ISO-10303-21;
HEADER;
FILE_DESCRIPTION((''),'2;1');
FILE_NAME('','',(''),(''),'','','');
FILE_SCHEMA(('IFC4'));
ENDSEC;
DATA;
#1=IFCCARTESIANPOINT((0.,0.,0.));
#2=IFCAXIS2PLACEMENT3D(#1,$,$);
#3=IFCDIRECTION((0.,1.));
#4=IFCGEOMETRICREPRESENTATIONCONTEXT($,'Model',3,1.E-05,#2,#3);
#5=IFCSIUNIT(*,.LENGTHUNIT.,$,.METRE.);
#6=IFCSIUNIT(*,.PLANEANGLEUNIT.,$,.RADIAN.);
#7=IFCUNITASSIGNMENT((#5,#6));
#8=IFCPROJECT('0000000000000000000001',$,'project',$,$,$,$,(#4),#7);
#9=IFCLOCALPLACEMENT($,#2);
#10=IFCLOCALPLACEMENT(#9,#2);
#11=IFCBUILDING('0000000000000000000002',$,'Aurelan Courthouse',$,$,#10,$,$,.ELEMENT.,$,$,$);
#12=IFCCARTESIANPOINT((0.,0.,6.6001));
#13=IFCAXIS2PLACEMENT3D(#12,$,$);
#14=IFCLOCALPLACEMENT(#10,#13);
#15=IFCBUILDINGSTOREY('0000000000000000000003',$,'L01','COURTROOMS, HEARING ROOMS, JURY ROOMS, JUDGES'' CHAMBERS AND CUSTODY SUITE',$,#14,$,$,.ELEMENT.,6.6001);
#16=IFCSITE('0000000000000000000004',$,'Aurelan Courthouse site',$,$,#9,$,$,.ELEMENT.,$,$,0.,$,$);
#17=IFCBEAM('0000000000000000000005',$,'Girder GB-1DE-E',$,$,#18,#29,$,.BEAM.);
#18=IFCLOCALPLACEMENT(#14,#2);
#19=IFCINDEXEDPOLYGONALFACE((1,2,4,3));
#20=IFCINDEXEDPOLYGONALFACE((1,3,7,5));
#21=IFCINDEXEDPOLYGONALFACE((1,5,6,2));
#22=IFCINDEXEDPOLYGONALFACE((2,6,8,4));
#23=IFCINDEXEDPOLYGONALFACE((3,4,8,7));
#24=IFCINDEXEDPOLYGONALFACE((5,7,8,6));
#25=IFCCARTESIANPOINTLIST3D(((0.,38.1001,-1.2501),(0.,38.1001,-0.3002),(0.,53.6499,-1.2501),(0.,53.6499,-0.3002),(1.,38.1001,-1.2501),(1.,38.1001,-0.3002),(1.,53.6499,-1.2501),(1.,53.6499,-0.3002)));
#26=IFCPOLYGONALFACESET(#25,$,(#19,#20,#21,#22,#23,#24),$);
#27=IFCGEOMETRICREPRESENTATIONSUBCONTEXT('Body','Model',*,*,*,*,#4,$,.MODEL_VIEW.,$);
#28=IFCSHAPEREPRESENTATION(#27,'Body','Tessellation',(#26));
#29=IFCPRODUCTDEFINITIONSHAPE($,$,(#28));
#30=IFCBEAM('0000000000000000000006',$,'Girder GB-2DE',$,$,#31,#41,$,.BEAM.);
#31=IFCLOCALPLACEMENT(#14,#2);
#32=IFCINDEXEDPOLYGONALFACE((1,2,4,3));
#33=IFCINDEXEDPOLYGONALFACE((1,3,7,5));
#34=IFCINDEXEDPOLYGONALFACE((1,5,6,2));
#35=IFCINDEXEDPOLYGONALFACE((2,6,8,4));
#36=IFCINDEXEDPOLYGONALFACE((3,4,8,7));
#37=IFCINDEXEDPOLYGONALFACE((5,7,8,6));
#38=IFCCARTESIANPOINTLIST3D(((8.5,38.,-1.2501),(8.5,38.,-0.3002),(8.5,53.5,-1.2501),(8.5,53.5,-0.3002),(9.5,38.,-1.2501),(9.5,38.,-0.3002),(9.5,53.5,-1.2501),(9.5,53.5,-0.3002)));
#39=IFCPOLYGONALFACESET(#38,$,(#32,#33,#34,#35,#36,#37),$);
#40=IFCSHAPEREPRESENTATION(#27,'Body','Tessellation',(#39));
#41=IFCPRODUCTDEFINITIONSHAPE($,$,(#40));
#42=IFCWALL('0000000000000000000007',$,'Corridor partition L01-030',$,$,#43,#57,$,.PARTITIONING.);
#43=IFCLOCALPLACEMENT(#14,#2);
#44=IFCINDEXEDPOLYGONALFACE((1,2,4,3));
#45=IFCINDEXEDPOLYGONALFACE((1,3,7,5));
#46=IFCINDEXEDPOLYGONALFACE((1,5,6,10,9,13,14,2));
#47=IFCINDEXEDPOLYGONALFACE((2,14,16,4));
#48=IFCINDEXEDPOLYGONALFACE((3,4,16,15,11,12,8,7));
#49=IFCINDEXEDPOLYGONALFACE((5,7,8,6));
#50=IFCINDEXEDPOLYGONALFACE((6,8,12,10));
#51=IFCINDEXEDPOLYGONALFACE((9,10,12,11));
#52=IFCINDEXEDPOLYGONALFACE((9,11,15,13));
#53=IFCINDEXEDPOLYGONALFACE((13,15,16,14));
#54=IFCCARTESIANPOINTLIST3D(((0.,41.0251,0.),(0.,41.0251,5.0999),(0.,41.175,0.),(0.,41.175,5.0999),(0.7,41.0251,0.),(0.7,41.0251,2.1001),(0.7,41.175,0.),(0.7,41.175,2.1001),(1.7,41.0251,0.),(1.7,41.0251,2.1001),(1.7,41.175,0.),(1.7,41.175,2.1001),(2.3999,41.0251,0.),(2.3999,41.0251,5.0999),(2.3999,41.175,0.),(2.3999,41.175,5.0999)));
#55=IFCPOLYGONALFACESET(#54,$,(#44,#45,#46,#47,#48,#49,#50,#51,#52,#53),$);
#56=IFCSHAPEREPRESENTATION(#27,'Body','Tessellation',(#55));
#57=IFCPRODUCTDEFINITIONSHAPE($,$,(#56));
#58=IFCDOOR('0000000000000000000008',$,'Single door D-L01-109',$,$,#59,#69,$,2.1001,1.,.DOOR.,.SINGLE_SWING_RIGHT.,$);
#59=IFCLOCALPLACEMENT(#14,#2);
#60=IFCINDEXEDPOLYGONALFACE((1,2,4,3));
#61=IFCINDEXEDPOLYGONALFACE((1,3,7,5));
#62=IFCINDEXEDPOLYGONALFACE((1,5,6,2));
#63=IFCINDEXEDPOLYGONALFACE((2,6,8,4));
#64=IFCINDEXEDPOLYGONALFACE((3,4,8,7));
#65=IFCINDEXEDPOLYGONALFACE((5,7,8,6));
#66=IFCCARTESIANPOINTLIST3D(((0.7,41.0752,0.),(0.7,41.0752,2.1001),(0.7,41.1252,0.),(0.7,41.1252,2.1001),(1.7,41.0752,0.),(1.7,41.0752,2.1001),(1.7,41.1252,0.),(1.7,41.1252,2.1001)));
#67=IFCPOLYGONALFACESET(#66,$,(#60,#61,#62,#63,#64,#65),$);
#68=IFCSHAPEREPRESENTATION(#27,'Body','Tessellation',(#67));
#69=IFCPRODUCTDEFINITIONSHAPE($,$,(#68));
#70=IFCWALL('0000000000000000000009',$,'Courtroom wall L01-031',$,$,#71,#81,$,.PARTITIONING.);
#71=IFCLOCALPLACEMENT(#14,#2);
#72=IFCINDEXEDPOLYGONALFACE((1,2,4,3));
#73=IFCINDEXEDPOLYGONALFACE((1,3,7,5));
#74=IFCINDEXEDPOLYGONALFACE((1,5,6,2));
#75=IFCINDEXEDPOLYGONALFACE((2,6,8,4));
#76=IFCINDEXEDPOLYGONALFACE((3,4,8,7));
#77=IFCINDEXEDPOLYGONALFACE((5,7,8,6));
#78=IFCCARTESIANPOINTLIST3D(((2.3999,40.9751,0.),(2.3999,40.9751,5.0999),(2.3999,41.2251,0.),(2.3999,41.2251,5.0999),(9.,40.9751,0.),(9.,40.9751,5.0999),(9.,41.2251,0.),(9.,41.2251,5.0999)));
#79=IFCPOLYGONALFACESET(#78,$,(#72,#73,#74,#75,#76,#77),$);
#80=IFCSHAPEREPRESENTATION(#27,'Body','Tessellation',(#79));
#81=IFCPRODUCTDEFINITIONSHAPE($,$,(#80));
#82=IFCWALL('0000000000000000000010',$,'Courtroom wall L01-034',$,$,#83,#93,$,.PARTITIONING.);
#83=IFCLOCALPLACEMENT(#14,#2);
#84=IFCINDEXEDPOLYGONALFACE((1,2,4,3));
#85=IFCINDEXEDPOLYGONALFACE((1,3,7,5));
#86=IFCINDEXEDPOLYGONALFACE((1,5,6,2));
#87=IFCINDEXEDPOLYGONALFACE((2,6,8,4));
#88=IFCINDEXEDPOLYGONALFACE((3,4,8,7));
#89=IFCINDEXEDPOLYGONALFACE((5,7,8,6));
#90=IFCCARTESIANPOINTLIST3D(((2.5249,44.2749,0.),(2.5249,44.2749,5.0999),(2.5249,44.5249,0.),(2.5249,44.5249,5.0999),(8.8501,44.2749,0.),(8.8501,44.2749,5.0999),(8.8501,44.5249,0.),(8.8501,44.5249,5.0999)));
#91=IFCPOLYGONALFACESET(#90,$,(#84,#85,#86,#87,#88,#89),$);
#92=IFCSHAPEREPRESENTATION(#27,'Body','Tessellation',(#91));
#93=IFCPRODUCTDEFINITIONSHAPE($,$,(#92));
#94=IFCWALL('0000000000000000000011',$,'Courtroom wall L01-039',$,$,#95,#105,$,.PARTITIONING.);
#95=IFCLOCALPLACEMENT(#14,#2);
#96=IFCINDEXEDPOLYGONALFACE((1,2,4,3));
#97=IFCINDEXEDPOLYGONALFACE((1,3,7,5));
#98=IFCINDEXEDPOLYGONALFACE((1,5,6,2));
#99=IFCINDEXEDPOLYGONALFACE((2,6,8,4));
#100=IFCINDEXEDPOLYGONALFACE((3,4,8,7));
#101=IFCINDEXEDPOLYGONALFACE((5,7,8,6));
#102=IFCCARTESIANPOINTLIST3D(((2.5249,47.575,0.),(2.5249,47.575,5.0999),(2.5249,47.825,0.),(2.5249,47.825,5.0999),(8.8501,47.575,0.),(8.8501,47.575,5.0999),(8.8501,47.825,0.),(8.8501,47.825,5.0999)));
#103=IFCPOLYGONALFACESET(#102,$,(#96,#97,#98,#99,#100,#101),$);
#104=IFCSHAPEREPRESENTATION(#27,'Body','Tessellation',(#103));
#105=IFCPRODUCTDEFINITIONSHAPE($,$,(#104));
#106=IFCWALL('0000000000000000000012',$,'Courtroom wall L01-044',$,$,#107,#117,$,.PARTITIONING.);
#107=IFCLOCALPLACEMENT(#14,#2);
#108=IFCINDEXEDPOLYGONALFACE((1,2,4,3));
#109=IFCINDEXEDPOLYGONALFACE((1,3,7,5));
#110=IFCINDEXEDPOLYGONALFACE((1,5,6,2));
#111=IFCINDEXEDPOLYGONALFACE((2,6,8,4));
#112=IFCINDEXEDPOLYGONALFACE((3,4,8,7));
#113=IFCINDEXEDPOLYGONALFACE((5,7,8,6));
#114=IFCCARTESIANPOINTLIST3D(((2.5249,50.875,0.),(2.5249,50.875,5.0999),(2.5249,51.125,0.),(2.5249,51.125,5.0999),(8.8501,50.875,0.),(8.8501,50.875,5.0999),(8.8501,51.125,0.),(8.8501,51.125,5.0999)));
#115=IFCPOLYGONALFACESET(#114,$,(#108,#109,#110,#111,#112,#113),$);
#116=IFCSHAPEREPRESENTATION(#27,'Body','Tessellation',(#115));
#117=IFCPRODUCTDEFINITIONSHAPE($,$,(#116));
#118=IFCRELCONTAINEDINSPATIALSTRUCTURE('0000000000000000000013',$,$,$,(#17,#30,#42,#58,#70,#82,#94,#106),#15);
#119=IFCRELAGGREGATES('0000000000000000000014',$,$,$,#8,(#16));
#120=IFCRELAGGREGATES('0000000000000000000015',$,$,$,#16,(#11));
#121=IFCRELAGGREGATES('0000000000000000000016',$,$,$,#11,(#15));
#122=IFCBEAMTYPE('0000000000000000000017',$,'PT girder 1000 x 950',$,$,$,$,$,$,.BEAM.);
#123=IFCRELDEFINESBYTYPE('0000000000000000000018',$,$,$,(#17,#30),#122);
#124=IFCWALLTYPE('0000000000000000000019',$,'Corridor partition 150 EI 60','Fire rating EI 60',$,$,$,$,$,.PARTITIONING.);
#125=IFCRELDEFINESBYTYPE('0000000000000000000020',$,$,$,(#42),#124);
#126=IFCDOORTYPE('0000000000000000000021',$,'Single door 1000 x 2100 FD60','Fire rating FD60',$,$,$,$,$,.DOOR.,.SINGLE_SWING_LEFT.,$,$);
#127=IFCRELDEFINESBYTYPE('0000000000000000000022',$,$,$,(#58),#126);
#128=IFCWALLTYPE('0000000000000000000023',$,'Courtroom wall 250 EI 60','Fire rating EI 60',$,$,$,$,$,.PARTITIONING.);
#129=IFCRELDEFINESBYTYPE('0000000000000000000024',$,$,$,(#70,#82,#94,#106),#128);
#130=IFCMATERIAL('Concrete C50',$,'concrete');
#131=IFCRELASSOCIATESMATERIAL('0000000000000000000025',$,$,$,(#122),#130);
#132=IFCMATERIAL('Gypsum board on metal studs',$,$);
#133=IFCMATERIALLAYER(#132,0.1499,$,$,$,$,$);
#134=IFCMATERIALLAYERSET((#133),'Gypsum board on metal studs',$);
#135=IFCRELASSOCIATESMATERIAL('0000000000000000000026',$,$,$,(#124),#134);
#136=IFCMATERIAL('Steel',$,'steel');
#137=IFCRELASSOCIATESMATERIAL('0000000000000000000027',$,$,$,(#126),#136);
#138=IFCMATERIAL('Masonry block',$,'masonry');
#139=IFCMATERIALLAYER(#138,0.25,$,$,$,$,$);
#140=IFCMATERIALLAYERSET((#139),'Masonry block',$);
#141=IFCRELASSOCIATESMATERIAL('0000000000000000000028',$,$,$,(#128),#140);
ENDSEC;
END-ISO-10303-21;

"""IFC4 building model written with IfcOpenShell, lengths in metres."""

from ifc_helpers import new_model, si_unit, direction, frame, frame_2d, origin, origin_2d, place, context, subcontext, project, spatial, rectangle, extrude, material, layer, layer_set, material_profile, profile_set, type_object, element, fill, save


model = new_model("IFC4")

# Units and contexts
model_context = context("Model", 3, precision=1e-05, world=origin(), true_north=direction((0.0, 1.0)))
body_context = subcontext(model_context, "Body", "Model", "MODEL_VIEW")
ifc_project = project(units=[si_unit("LENGTHUNIT", "METRE"), si_unit("PLANEANGLEUNIT", "RADIAN")], contexts=[model_context])

# Site, building, storey
site_placement = place(None, origin())
site = spatial("IfcSite", under=ifc_project, at=site_placement, Name="Aurelan Courthouse site", CompositionType="ELEMENT", RefElevation=0.0)
building_placement = place(site_placement, origin())
building = spatial("IfcBuilding", under=site, at=building_placement, Name="Aurelan Courthouse", CompositionType="ELEMENT")
storey_placement = place(building_placement, frame((0.0, 0.0, 6.6001)))
storey = spatial("IfcBuildingStorey", under=building, at=storey_placement, Name="L01", Description="COURTROOMS, HEARING ROOMS, JURY ROOMS, JUDGES' CHAMBERS AND CUSTODY SUITE", CompositionType="ELEMENT", Elevation=6.6001)

# Beams
ifc_material_1 = material(Name="Concrete C50", Category="concrete")
ifc_material_profile = material_profile(ifc_material_1, rectangle(XDim=1.0, YDim=0.95, at=origin_2d()), Name="RC 1000 x 950")
ifc_profile_set = profile_set([ifc_material_profile], Name="Concrete C50")
beam_type = type_object("IfcBeamType", Name="PT girder 1000 x 950", PredefinedType="BEAM", material=ifc_profile_set)
beam_1_placement = place(storey_placement, frame((0.5, 38.1001, -0.7751), z_axis=(0.0, 1.0, 0.0), x_axis=(-1.0, 0.0, 0.0)))
element("IfcBeam", 1, at=beam_1_placement, inside=storey, type_object=beam_type, Name="Girder GB-1DE-E", PredefinedType="BEAM", context=body_context, shape_type="SweptSolid", body=[
    extrude(rectangle(XDim=1.0, YDim=0.95, at=origin_2d()), origin(), (0.0, 0.0, 1.0), 15.5498),
])
beam_2_placement = place(storey_placement, frame((9.0, 38.0, -0.7751), z_axis=(0.0, 1.0, 0.0), x_axis=(-1.0, 0.0, 0.0)))
element("IfcBeam", 2, at=beam_2_placement, inside=storey, type_object=beam_type, Name="Girder GB-2DE", PredefinedType="BEAM", context=body_context, shape_type="SweptSolid", body=[
    extrude(rectangle(XDim=1.0, YDim=0.95, at=origin_2d()), origin(), (0.0, 0.0, 1.0), 15.5),
])

# Wall, opening, door
ifc_material_2 = material(Name="Gypsum board on metal studs")
ifc_layer_1 = layer(ifc_material_2, 0.1499)
ifc_layer_set_1 = layer_set([ifc_layer_1], Name="Gypsum board on metal studs")
wall_type_1 = type_object("IfcWallType", Name="Corridor partition 150 EI 60", Description="Fire rating EI 60", PredefinedType="PARTITIONING", material=ifc_layer_set_1)
wall_1_placement = place(storey_placement, frame((0.0, 41.1001, 0.0), z_axis=(0.0, 0.0, 1.0), x_axis=(1.0, 0.0, 0.0)))
wall_1 = element("IfcWall", 3, at=wall_1_placement, inside=storey, type_object=wall_type_1, Name="Corridor partition L01-030", PredefinedType="PARTITIONING", context=body_context, shape_type="SweptSolid", body=[
    extrude(rectangle(XDim=2.3999, YDim=0.1499, at=frame_2d((1.2, 0.0))), origin(), (0.0, 0.0, 1.0), 5.0999),
])
opening_1_placement = place(wall_1_placement, frame((1.7, 0.0, 0.0), z_axis=(0.0, 0.0, 1.0), x_axis=(-1.0, 0.0, 0.0)))
opening_1 = element("IfcOpeningElement", 4, at=opening_1_placement, cuts=wall_1, PredefinedType="OPENING", context=body_context, shape_type="SweptSolid", body=[
    extrude(rectangle(XDim=1.0, YDim=2.1001, at=frame_2d((0.5, 1.05))), frame((0.0, 0.085, 0.0), z_axis=(0.0, -1.0, 0.0), x_axis=(1.0, 0.0, 0.0)), (0.0, 0.0, 1.0), 0.1699),
])
ifc_material_3 = material(Name="Steel", Category="steel")
door_type_1 = type_object("IfcDoorType", Name="Single door 1000 x 2100 FD60", Description="Fire rating FD60", OperationType="SINGLE_SWING_LEFT", PredefinedType="DOOR", material=ifc_material_3)
door_1_placement = place(opening_1_placement, origin())
door_1 = element("IfcDoor", 5, at=door_1_placement, inside=storey, type_object=door_type_1, Name="Single door D-L01-109", OperationType="SINGLE_SWING_RIGHT", OverallHeight=2.1001, OverallWidth=1.0, PredefinedType="DOOR", context=body_context, shape_type="SweptSolid", body=[
    extrude(rectangle(XDim=1.0, YDim=2.1001, at=frame_2d((0.5, 1.05))), frame((0.0, 0.0249, 0.0), z_axis=(0.0, -1.0, 0.0), x_axis=(1.0, 0.0, 0.0)), (0.0, 0.0, 1.0), 0.05),
])
fill(opening_1, door_1)

# Walls
ifc_material_4 = material(Name="Masonry block", Category="masonry")
ifc_layer_2 = layer(ifc_material_4, 0.25)
ifc_layer_set_2 = layer_set([ifc_layer_2], Name="Masonry block")
wall_type_2 = type_object("IfcWallType", Name="Courtroom wall 250 EI 60", Description="Fire rating EI 60", PredefinedType="PARTITIONING", material=ifc_layer_set_2)
wall_2_placement = place(storey_placement, frame((2.3999, 41.1001, 0.0), z_axis=(0.0, 0.0, 1.0), x_axis=(1.0, 0.0, 0.0)))
element("IfcWall", 6, at=wall_2_placement, inside=storey, type_object=wall_type_2, Name="Courtroom wall L01-031", PredefinedType="PARTITIONING", context=body_context, shape_type="SweptSolid", body=[
    extrude(rectangle(XDim=6.6001, YDim=0.25, at=frame_2d((3.3, 0.0))), origin(), (0.0, 0.0, 1.0), 5.0999),
])
for number, where, z_axis, x_axis, name in (
    (7, (2.5249, 44.3999, 0.0), (0.0, 0.0, 1.0), (1.0, 0.0, 0.0), "Courtroom wall L01-034"),
    (8, (2.5249, 47.7, 0.0), (0.0, 0.0, 1.0), (1.0, 0.0, 0.0), "Courtroom wall L01-039"),
    (9, (2.5249, 51.0, 0.0), (0.0, 0.0, 1.0), (1.0, 0.0, 0.0), "Courtroom wall L01-044"),
):
    element("IfcWall", number, at=place(storey_placement, frame(where, z_axis=z_axis, x_axis=x_axis)), inside=storey, type_object=wall_type_2, Name=name, PredefinedType="PARTITIONING", context=body_context, shape_type="SweptSolid", body=[
        extrude(rectangle(XDim=6.3252, YDim=0.25, at=frame_2d((3.1626, 0.0))), origin(), (0.0, 0.0, 1.0), 5.0999),
    ])

save(model, "model.ifc")
